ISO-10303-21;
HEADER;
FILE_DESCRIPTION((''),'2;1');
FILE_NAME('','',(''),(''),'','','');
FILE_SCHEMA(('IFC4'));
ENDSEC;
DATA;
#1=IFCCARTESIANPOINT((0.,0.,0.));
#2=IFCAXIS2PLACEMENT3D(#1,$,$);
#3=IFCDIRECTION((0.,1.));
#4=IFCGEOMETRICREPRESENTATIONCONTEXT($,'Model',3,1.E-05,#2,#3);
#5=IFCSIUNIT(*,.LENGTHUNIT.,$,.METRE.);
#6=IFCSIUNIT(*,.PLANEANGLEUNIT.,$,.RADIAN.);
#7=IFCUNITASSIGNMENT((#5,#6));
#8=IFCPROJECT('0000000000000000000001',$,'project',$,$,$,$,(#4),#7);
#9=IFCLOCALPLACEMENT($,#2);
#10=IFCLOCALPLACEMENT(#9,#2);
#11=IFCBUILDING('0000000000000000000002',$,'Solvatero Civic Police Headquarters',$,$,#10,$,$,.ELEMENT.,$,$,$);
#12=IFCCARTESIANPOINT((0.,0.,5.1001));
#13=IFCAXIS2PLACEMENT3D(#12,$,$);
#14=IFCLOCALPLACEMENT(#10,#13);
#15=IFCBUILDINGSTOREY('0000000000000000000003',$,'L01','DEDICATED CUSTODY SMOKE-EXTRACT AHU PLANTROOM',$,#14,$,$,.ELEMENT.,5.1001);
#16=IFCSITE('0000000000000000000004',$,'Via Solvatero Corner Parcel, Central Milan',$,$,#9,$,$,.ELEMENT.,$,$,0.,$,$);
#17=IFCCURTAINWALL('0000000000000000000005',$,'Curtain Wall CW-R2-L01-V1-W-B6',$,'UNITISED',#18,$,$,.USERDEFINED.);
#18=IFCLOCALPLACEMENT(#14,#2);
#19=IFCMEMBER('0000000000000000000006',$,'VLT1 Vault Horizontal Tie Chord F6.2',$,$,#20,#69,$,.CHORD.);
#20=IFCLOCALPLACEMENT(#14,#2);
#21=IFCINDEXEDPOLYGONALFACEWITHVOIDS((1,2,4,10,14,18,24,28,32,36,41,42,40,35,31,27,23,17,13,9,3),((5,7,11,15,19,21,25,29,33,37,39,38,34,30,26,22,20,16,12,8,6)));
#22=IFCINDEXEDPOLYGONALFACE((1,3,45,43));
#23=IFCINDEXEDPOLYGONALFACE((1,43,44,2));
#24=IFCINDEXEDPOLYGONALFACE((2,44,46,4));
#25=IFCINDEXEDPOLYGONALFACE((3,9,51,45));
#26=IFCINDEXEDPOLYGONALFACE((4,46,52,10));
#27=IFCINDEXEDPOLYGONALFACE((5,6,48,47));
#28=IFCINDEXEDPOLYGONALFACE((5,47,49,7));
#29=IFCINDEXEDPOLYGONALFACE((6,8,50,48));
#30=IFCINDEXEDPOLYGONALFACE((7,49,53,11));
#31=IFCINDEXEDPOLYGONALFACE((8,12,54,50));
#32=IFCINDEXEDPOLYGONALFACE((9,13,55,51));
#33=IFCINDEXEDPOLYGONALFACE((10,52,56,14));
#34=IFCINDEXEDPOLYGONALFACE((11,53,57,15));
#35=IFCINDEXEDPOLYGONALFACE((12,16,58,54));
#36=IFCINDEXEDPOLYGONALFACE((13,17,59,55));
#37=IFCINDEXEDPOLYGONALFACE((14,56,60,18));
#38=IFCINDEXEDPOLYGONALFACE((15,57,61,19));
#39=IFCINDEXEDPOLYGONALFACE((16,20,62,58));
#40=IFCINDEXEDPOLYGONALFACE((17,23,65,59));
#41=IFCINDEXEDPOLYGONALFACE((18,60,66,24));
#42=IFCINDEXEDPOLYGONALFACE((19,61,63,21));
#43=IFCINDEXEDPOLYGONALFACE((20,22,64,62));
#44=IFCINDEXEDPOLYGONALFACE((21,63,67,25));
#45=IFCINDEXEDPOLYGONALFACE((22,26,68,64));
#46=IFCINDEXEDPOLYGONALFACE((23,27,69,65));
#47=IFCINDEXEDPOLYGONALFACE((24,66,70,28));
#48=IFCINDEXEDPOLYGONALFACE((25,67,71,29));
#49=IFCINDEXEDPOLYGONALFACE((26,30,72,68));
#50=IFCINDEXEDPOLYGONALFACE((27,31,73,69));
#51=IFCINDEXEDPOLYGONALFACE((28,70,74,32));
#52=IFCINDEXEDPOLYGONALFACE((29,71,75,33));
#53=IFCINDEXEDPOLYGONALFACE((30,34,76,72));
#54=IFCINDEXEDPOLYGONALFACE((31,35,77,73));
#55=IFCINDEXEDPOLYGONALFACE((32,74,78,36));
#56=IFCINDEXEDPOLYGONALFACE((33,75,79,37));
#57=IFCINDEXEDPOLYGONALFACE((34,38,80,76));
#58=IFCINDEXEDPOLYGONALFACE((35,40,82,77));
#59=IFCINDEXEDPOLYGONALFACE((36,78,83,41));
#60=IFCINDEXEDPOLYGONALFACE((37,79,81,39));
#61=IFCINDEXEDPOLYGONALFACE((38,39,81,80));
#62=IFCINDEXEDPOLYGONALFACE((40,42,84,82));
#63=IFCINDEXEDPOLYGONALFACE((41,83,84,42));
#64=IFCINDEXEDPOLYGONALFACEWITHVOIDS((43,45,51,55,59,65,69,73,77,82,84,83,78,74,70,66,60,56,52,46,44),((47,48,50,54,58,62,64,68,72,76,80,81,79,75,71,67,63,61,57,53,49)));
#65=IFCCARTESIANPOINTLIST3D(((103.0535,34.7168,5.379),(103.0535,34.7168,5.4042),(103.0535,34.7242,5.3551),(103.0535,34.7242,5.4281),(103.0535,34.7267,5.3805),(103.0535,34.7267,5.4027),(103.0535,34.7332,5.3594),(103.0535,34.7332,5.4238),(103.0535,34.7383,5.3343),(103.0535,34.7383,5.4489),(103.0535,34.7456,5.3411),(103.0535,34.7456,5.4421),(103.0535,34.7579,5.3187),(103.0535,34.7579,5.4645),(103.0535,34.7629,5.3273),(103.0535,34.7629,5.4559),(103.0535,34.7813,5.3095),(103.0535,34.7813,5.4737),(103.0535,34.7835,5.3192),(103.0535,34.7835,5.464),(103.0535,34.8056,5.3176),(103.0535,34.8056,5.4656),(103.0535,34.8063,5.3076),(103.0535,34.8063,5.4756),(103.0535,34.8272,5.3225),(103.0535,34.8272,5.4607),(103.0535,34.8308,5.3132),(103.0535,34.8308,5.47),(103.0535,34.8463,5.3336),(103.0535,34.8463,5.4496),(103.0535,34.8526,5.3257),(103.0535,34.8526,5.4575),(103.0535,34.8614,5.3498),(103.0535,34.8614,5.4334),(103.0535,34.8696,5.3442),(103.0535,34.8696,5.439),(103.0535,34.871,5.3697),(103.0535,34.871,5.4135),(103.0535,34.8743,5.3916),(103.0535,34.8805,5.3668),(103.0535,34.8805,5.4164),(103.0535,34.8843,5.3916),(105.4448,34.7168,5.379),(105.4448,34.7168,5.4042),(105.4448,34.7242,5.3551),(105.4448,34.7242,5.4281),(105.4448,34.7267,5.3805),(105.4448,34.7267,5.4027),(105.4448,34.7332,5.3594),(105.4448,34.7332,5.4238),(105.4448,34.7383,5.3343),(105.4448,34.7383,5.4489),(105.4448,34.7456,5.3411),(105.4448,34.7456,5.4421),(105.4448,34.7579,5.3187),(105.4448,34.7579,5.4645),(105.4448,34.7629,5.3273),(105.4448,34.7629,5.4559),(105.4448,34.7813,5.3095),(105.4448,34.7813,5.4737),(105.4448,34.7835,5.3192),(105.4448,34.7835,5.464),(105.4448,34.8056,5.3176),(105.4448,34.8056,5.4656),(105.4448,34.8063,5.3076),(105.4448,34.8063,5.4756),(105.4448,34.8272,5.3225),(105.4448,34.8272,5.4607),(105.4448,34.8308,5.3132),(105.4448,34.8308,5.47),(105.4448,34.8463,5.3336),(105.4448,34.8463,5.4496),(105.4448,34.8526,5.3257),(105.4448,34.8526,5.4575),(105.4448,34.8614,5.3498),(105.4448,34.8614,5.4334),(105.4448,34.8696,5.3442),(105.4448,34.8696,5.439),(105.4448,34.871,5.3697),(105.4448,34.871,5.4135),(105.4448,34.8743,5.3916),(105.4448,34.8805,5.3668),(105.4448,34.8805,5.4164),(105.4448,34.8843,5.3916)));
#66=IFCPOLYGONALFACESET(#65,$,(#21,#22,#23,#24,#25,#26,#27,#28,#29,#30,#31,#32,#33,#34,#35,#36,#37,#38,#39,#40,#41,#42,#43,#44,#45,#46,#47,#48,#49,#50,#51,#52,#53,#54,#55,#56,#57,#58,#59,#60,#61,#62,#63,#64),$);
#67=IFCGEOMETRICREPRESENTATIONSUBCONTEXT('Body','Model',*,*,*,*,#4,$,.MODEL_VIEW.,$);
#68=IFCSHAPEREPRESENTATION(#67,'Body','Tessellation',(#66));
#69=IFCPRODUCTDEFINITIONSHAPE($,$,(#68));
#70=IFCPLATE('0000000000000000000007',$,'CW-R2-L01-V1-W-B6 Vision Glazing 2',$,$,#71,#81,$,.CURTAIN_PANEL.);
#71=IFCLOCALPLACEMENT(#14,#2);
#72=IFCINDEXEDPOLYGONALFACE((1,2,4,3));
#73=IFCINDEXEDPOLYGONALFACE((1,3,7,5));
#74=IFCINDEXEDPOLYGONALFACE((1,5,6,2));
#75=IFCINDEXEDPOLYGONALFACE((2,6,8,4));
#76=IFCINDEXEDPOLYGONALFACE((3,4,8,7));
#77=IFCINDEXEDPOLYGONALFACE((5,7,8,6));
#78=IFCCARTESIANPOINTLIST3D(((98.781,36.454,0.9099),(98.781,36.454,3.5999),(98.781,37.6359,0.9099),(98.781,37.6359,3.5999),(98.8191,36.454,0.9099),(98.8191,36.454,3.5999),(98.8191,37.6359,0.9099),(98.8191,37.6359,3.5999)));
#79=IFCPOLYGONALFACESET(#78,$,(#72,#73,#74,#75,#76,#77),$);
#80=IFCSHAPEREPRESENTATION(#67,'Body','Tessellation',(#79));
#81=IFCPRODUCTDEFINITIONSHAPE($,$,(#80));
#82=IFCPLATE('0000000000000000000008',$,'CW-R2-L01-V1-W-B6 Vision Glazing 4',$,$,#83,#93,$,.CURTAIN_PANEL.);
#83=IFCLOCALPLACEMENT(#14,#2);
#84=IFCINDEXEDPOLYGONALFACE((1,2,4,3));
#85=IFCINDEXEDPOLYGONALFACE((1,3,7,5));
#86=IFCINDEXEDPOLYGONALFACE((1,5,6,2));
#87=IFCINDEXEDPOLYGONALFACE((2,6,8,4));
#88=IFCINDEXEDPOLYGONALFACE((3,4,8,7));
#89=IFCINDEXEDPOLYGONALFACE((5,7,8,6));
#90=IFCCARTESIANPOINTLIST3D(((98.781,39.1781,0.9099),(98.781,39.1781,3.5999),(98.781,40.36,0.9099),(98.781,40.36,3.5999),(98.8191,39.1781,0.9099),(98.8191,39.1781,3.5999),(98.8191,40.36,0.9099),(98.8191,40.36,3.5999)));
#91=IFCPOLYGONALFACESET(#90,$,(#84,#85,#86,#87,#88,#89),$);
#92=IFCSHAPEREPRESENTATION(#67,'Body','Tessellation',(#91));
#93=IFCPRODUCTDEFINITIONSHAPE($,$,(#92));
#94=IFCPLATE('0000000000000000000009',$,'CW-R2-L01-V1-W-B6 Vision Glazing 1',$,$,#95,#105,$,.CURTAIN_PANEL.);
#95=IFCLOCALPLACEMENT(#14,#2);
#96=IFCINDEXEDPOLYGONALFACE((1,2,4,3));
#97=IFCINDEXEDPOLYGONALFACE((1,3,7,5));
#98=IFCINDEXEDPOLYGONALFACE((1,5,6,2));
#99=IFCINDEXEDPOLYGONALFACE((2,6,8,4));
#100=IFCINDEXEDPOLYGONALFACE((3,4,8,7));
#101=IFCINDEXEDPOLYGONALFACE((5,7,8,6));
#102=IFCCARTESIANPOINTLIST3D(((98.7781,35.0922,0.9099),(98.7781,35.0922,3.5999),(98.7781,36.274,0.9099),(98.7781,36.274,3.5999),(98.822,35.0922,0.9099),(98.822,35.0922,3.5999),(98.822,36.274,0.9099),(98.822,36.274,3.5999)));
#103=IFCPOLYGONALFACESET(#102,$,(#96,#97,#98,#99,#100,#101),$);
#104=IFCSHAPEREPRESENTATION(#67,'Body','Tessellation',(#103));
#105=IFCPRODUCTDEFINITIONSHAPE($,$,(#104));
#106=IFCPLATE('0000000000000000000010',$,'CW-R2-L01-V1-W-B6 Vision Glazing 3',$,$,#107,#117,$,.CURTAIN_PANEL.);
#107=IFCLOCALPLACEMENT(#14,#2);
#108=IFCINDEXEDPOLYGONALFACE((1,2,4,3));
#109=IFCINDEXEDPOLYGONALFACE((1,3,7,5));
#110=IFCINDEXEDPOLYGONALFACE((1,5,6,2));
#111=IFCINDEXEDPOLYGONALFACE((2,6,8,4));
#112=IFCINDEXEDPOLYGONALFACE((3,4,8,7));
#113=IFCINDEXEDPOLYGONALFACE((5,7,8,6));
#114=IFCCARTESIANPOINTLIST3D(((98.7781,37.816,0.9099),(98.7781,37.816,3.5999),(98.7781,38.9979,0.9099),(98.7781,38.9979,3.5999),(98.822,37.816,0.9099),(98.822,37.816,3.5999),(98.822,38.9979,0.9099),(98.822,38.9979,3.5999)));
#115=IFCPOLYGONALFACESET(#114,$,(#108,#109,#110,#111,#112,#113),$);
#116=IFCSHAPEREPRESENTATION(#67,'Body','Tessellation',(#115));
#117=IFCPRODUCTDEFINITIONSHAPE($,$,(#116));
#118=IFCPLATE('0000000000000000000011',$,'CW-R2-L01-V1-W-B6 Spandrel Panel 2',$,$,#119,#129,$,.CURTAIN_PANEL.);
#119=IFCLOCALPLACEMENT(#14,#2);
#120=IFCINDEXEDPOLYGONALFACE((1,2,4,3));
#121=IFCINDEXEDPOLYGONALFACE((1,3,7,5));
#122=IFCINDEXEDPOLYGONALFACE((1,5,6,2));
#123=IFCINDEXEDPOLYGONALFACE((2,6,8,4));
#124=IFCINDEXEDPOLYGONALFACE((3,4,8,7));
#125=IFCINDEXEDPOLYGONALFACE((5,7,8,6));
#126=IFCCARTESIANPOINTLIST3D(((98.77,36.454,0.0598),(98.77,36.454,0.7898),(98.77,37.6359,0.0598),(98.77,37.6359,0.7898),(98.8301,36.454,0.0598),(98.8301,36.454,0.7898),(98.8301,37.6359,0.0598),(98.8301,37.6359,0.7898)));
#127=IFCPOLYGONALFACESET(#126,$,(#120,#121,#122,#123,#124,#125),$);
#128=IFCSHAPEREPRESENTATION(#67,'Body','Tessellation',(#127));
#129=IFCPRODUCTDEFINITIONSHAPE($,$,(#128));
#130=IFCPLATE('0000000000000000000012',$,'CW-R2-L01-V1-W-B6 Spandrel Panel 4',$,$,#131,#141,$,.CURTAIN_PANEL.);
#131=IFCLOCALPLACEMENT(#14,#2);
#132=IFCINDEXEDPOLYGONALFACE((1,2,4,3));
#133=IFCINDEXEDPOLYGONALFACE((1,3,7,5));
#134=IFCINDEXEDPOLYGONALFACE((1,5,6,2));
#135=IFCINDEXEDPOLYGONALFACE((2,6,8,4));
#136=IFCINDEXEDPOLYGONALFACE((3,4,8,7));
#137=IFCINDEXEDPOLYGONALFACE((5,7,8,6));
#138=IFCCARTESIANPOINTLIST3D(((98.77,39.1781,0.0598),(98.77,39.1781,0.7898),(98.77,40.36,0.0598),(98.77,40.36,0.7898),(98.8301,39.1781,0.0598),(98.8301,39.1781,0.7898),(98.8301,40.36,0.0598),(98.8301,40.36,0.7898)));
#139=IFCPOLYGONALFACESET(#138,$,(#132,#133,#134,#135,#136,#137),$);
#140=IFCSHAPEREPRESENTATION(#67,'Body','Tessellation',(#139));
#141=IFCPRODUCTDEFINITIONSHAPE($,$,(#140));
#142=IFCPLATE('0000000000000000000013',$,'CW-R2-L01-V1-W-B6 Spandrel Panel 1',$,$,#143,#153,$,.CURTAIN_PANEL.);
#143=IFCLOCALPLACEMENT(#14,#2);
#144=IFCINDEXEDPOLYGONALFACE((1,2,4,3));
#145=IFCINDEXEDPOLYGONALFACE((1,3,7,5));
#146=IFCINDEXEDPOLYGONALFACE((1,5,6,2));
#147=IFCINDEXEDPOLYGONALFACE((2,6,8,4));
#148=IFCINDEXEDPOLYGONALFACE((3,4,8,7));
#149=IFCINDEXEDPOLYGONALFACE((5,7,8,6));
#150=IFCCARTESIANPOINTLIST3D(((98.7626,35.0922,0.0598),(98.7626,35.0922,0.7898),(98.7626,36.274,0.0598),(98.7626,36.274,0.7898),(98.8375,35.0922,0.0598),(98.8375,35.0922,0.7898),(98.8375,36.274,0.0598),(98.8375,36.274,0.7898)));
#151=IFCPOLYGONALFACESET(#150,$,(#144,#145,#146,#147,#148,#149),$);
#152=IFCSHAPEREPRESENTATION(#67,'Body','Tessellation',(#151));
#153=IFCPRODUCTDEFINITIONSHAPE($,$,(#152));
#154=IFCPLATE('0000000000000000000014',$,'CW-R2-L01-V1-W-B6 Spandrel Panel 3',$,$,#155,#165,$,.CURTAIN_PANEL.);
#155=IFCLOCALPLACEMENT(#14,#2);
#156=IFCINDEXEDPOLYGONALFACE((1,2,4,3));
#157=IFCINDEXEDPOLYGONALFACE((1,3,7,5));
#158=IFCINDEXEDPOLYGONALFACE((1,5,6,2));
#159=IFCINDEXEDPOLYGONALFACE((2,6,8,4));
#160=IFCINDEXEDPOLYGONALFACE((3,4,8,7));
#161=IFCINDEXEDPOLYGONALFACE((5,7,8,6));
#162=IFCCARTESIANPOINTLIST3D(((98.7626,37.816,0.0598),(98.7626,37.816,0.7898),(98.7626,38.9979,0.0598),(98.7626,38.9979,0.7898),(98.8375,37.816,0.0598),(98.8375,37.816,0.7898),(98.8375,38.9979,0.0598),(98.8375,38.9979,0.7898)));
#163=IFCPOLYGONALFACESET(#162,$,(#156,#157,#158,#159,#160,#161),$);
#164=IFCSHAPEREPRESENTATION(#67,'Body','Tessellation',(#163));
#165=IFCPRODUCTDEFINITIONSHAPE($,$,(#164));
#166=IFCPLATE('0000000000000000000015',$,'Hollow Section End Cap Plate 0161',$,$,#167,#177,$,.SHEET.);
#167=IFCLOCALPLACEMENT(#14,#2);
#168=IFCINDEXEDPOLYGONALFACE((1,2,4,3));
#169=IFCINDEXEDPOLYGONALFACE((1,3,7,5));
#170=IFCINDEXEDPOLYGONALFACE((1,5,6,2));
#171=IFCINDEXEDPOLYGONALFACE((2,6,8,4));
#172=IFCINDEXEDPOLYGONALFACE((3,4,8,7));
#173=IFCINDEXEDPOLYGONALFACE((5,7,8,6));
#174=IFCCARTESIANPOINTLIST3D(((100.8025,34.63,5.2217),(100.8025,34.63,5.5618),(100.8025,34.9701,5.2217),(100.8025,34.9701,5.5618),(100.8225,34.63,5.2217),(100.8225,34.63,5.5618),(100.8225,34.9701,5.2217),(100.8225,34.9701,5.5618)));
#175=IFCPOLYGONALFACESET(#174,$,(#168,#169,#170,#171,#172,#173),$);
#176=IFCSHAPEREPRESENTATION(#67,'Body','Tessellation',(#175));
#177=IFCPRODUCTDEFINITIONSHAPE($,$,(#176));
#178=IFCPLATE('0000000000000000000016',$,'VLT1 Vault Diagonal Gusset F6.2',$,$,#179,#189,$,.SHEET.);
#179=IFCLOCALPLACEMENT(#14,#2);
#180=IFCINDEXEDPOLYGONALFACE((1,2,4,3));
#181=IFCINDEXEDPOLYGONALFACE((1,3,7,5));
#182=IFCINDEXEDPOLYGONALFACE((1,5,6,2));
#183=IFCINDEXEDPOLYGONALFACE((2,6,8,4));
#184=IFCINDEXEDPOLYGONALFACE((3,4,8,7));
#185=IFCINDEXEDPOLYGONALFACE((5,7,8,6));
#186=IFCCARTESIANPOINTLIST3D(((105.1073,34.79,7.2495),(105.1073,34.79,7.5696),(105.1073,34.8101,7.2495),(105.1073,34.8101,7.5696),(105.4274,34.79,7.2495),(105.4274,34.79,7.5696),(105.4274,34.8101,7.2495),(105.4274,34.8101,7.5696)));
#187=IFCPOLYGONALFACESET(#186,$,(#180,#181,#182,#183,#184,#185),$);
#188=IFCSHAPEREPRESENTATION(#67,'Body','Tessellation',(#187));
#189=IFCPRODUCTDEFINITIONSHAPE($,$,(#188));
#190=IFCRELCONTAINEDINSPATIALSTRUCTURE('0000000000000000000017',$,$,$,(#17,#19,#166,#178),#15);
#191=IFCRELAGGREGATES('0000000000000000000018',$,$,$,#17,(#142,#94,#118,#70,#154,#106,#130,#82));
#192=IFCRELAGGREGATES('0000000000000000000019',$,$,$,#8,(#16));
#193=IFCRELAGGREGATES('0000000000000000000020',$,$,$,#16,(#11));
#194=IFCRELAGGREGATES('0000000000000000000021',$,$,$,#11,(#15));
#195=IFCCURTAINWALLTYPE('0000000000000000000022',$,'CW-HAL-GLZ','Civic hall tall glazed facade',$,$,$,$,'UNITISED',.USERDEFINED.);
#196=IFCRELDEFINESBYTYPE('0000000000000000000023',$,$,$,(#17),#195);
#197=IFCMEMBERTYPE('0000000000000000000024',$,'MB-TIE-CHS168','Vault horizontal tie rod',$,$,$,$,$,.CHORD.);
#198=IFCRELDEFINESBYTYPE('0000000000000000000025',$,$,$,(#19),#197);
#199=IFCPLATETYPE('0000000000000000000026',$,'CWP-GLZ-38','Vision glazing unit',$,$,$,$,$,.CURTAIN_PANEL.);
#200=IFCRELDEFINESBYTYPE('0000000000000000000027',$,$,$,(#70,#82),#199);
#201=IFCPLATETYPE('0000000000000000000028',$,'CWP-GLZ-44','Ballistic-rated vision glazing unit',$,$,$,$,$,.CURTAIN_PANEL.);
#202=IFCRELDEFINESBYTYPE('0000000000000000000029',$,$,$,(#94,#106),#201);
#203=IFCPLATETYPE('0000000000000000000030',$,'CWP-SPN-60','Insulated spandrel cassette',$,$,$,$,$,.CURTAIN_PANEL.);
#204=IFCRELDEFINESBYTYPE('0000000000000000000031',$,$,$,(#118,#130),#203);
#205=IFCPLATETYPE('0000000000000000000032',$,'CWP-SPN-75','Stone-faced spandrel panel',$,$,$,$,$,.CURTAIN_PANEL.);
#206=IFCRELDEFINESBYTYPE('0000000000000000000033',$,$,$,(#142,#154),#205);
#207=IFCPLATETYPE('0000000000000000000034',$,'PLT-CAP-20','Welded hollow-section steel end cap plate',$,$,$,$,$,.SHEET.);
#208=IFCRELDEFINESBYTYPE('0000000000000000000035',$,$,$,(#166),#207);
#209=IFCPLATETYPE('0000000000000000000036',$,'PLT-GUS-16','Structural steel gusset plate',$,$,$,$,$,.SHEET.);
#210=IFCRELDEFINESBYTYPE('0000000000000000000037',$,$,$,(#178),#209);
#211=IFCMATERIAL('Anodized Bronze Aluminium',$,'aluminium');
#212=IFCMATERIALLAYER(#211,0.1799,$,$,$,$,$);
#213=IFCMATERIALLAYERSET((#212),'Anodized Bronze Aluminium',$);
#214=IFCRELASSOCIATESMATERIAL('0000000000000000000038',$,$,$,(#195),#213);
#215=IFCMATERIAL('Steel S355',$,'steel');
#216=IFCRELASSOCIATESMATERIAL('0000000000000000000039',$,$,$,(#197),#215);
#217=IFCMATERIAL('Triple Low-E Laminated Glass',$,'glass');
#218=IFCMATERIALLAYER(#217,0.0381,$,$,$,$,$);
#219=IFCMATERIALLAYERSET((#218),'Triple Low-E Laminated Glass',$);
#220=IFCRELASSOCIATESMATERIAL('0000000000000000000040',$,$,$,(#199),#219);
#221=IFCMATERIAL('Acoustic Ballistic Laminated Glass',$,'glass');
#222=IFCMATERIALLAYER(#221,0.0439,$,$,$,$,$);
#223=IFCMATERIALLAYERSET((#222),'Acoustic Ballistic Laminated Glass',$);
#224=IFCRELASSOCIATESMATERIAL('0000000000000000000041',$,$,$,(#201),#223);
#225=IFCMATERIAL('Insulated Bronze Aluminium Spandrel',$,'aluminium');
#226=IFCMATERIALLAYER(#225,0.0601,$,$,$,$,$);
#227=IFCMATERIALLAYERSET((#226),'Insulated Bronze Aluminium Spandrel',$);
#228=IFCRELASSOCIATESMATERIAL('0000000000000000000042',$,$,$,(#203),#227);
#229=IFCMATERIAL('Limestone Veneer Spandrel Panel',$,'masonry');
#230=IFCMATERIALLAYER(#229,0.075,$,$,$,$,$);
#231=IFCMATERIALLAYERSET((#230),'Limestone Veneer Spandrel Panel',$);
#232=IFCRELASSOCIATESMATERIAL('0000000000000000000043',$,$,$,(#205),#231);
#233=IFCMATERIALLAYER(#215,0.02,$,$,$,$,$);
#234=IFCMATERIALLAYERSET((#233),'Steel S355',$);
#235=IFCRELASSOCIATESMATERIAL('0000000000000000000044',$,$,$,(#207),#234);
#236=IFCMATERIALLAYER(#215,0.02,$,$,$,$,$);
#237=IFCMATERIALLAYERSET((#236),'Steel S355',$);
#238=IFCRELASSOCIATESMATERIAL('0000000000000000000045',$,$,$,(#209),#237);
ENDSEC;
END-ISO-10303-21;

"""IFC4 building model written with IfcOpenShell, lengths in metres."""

from ifc_helpers import new_model, si_unit, direction, frame, origin, origin_2d, place, context, subcontext, project, spatial, rectangle, hollow_circle, extrude, material, layer, layer_set, material_profile, profile_set, type_object, element, aggregate, save


model = new_model("IFC4")

# Units and contexts
model_context = context("Model", 3, precision=1e-05, world=origin(), true_north=direction((0.0, 1.0)))
body_context = subcontext(model_context, "Body", "Model", "MODEL_VIEW")
ifc_project = project(units=[si_unit("LENGTHUNIT", "METRE"), si_unit("PLANEANGLEUNIT", "RADIAN")], contexts=[model_context])

# Site, building, storey
site_placement = place(None, origin())
site = spatial("IfcSite", under=ifc_project, at=site_placement, Name="Via Solvatero Corner Parcel, Central Milan", CompositionType="ELEMENT", RefElevation=0.0)
building_placement = place(site_placement, origin())
building = spatial("IfcBuilding", under=site, at=building_placement, Name="Solvatero Civic Police Headquarters", CompositionType="ELEMENT")
storey_placement = place(building_placement, frame((0.0, 0.0, 5.1001)))
storey = spatial("IfcBuildingStorey", under=building, at=storey_placement, Name="L01", Description="DEDICATED CUSTODY SMOKE-EXTRACT AHU PLANTROOM", CompositionType="ELEMENT", Elevation=5.1001)

# Shared definitions
ifc_material_1 = material(Name="Steel S355", Category="steel")

# Curtain wall
ifc_material_2 = material(Name="Anodized Bronze Aluminium", Category="aluminium")
ifc_layer_1 = layer(ifc_material_2, 0.1799)
ifc_layer_set_1 = layer_set([ifc_layer_1], Name="Anodized Bronze Aluminium")
curtain_wall_type = type_object("IfcCurtainWallType", Name="CW-HAL-GLZ", Description="Civic hall tall glazed facade", ElementType="UNITISED", PredefinedType="USERDEFINED", material=ifc_layer_set_1)
curtain_wall_placement = place(storey_placement, origin())
curtain_wall = element("IfcCurtainWall", 1, at=curtain_wall_placement, inside=storey, type_object=curtain_wall_type, Name="Curtain Wall CW-R2-L01-V1-W-B6", ObjectType="UNITISED", PredefinedType="USERDEFINED")

# Member
ifc_material_profile_1 = material_profile(ifc_material_1, hollow_circle(Radius=0.0842, WallThickness=0.01, at=origin_2d()), Name="CHS 168.3x10.0")
ifc_profile_set_1 = profile_set([ifc_material_profile_1], Name="Steel S355")
member_type_1 = type_object("IfcMemberType", Name="MB-TIE-CHS168", Description="Vault horizontal tie rod", PredefinedType="CHORD", material=ifc_profile_set_1)
member_1_placement = place(storey_placement, frame((103.0535, 34.8, 5.3916), z_axis=(1.0, 0.0, 0.0), x_axis=(0.0, 1.0, 0.0)))
element("IfcMember", 2, at=member_1_placement, inside=storey, type_object=member_type_1, Name="VLT1 Vault Horizontal Tie Chord F6.2", PredefinedType="CHORD", context=body_context, shape_type="SweptSolid", body=[
    extrude(hollow_circle(Radius=0.0842, WallThickness=0.01, at=origin_2d()), origin(), (0.0, 0.0, 1.0), 2.3914),
])

# Plates
ifc_material_3 = material(Name="Triple Low-E Laminated Glass", Category="glass")
ifc_layer_2 = layer(ifc_material_3, 0.0381)
ifc_layer_set_2 = layer_set([ifc_layer_2], Name="Triple Low-E Laminated Glass")
plate_type_1 = type_object("IfcPlateType", Name="CWP-GLZ-38", Description="Vision glazing unit", PredefinedType="CURTAIN_PANEL", material=ifc_layer_set_2)
plate_1_placement = place(storey_placement, frame((98.8, 37.0449, 0.9099), z_axis=(0.0, 0.0, 1.0), x_axis=(0.0, 1.0, 0.0)))
plate_1 = element("IfcPlate", 3, at=plate_1_placement, type_object=plate_type_1, Name="CW-R2-L01-V1-W-B6 Vision Glazing 2", PredefinedType="CURTAIN_PANEL", context=body_context, shape_type="SweptSolid", body=[
    extrude(rectangle(XDim=1.1819, YDim=0.0381, at=origin_2d()), origin(), (0.0, 0.0, 1.0), 2.6899),
])
plate_2_placement = place(storey_placement, frame((98.8, 39.769, 0.9099), z_axis=(0.0, 0.0, 1.0), x_axis=(0.0, 1.0, 0.0)))
plate_2 = element("IfcPlate", 4, at=plate_2_placement, type_object=plate_type_1, Name="CW-R2-L01-V1-W-B6 Vision Glazing 4", PredefinedType="CURTAIN_PANEL", context=body_context, shape_type="SweptSolid", body=[
    extrude(rectangle(XDim=1.1819, YDim=0.0381, at=origin_2d()), origin(), (0.0, 0.0, 1.0), 2.6899),
])
ifc_material_4 = material(Name="Acoustic Ballistic Laminated Glass", Category="glass")
ifc_layer_3 = layer(ifc_material_4, 0.0439)
ifc_layer_set_3 = layer_set([ifc_layer_3], Name="Acoustic Ballistic Laminated Glass")
plate_type_2 = type_object("IfcPlateType", Name="CWP-GLZ-44", Description="Ballistic-rated vision glazing unit", PredefinedType="CURTAIN_PANEL", material=ifc_layer_set_3)
plate_3_placement = place(storey_placement, frame((98.8, 35.6831, 0.9099), z_axis=(0.0, 0.0, 1.0), x_axis=(0.0, 1.0, 0.0)))
plate_3 = element("IfcPlate", 5, at=plate_3_placement, type_object=plate_type_2, Name="CW-R2-L01-V1-W-B6 Vision Glazing 1", PredefinedType="CURTAIN_PANEL", context=body_context, shape_type="SweptSolid", body=[
    extrude(rectangle(XDim=1.1819, YDim=0.0439, at=origin_2d()), origin(), (0.0, 0.0, 1.0), 2.6899),
])
plate_4_placement = place(storey_placement, frame((98.8, 38.407, 0.9099), z_axis=(0.0, 0.0, 1.0), x_axis=(0.0, 1.0, 0.0)))
plate_4 = element("IfcPlate", 6, at=plate_4_placement, type_object=plate_type_2, Name="CW-R2-L01-V1-W-B6 Vision Glazing 3", PredefinedType="CURTAIN_PANEL", context=body_context, shape_type="SweptSolid", body=[
    extrude(rectangle(XDim=1.1819, YDim=0.0439, at=origin_2d()), origin(), (0.0, 0.0, 1.0), 2.6899),
])
ifc_material_5 = material(Name="Insulated Bronze Aluminium Spandrel", Category="aluminium")
ifc_layer_4 = layer(ifc_material_5, 0.0601)
ifc_layer_set_4 = layer_set([ifc_layer_4], Name="Insulated Bronze Aluminium Spandrel")
plate_type_3 = type_object("IfcPlateType", Name="CWP-SPN-60", Description="Insulated spandrel cassette", PredefinedType="CURTAIN_PANEL", material=ifc_layer_set_4)
plate_5_placement = place(storey_placement, frame((98.8, 37.0449, 0.0598), z_axis=(0.0, 0.0, 1.0), x_axis=(0.0, 1.0, 0.0)))
plate_5 = element("IfcPlate", 7, at=plate_5_placement, type_object=plate_type_3, Name="CW-R2-L01-V1-W-B6 Spandrel Panel 2", PredefinedType="CURTAIN_PANEL", context=body_context, shape_type="SweptSolid", body=[
    extrude(rectangle(XDim=1.1819, YDim=0.0601, at=origin_2d()), origin(), (0.0, 0.0, 1.0), 0.73),
])
plate_6_placement = place(storey_placement, frame((98.8, 39.769, 0.0598), z_axis=(0.0, 0.0, 1.0), x_axis=(0.0, 1.0, 0.0)))
plate_6 = element("IfcPlate", 8, at=plate_6_placement, type_object=plate_type_3, Name="CW-R2-L01-V1-W-B6 Spandrel Panel 4", PredefinedType="CURTAIN_PANEL", context=body_context, shape_type="SweptSolid", body=[
    extrude(rectangle(XDim=1.1819, YDim=0.0601, at=origin_2d()), origin(), (0.0, 0.0, 1.0), 0.73),
])
ifc_material_6 = material(Name="Limestone Veneer Spandrel Panel", Category="masonry")
ifc_layer_5 = layer(ifc_material_6, 0.075)
ifc_layer_set_5 = layer_set([ifc_layer_5], Name="Limestone Veneer Spandrel Panel")
plate_type_4 = type_object("IfcPlateType", Name="CWP-SPN-75", Description="Stone-faced spandrel panel", PredefinedType="CURTAIN_PANEL", material=ifc_layer_set_5)
plate_7_placement = place(storey_placement, frame((98.8, 35.6831, 0.0598), z_axis=(0.0, 0.0, 1.0), x_axis=(0.0, 1.0, 0.0)))
plate_7 = element("IfcPlate", 9, at=plate_7_placement, type_object=plate_type_4, Name="CW-R2-L01-V1-W-B6 Spandrel Panel 1", PredefinedType="CURTAIN_PANEL", context=body_context, shape_type="SweptSolid", body=[
    extrude(rectangle(XDim=1.1819, YDim=0.075, at=origin_2d()), origin(), (0.0, 0.0, 1.0), 0.73),
])
plate_8_placement = place(storey_placement, frame((98.8, 38.407, 0.0598), z_axis=(0.0, 0.0, 1.0), x_axis=(0.0, 1.0, 0.0)))
plate_8 = element("IfcPlate", 10, at=plate_8_placement, type_object=plate_type_4, Name="CW-R2-L01-V1-W-B6 Spandrel Panel 3", PredefinedType="CURTAIN_PANEL", context=body_context, shape_type="SweptSolid", body=[
    extrude(rectangle(XDim=1.1819, YDim=0.075, at=origin_2d()), origin(), (0.0, 0.0, 1.0), 0.73),
])
aggregate(curtain_wall, [plate_7, plate_3, plate_5, plate_1, plate_8, plate_4, plate_6, plate_2])

# Plates
ifc_layer_6 = layer(ifc_material_1, 0.02)
ifc_layer_set_6 = layer_set([ifc_layer_6], Name="Steel S355")
plate_type_5 = type_object("IfcPlateType", Name="PLT-CAP-20", Description="Welded hollow-section steel end cap plate", PredefinedType="SHEET", material=ifc_layer_set_6)
plate_9_placement = place(storey_placement, frame((100.8125, 34.8, 5.2217), z_axis=(0.0, 0.0, 1.0), x_axis=(1.0, 0.0, 0.0)))
element("IfcPlate", 11, at=plate_9_placement, inside=storey, type_object=plate_type_5, Name="Hollow Section End Cap Plate 0161", PredefinedType="SHEET", context=body_context, shape_type="SweptSolid", body=[
    extrude(rectangle(XDim=0.02, YDim=0.3401, at=origin_2d()), origin(), (0.0, 0.0, 1.0), 0.3401),
])
ifc_layer_7 = layer(ifc_material_1, 0.02)
ifc_layer_set_7 = layer_set([ifc_layer_7], Name="Steel S355")
plate_type_6 = type_object("IfcPlateType", Name="PLT-GUS-16", Description="Structural steel gusset plate", PredefinedType="SHEET", material=ifc_layer_set_7)
plate_10_placement = place(storey_placement, frame((105.2673, 34.8, 7.2495), z_axis=(0.0, 0.0, 1.0), x_axis=(1.0, 0.0, 0.0)))
element("IfcPlate", 12, at=plate_10_placement, inside=storey, type_object=plate_type_6, Name="VLT1 Vault Diagonal Gusset F6.2", PredefinedType="SHEET", context=body_context, shape_type="SweptSolid", body=[
    extrude(rectangle(XDim=0.3201, YDim=0.02, at=origin_2d()), origin(), (0.0, 0.0, 1.0), 0.3201),
])

save(model, "model.ifc")
